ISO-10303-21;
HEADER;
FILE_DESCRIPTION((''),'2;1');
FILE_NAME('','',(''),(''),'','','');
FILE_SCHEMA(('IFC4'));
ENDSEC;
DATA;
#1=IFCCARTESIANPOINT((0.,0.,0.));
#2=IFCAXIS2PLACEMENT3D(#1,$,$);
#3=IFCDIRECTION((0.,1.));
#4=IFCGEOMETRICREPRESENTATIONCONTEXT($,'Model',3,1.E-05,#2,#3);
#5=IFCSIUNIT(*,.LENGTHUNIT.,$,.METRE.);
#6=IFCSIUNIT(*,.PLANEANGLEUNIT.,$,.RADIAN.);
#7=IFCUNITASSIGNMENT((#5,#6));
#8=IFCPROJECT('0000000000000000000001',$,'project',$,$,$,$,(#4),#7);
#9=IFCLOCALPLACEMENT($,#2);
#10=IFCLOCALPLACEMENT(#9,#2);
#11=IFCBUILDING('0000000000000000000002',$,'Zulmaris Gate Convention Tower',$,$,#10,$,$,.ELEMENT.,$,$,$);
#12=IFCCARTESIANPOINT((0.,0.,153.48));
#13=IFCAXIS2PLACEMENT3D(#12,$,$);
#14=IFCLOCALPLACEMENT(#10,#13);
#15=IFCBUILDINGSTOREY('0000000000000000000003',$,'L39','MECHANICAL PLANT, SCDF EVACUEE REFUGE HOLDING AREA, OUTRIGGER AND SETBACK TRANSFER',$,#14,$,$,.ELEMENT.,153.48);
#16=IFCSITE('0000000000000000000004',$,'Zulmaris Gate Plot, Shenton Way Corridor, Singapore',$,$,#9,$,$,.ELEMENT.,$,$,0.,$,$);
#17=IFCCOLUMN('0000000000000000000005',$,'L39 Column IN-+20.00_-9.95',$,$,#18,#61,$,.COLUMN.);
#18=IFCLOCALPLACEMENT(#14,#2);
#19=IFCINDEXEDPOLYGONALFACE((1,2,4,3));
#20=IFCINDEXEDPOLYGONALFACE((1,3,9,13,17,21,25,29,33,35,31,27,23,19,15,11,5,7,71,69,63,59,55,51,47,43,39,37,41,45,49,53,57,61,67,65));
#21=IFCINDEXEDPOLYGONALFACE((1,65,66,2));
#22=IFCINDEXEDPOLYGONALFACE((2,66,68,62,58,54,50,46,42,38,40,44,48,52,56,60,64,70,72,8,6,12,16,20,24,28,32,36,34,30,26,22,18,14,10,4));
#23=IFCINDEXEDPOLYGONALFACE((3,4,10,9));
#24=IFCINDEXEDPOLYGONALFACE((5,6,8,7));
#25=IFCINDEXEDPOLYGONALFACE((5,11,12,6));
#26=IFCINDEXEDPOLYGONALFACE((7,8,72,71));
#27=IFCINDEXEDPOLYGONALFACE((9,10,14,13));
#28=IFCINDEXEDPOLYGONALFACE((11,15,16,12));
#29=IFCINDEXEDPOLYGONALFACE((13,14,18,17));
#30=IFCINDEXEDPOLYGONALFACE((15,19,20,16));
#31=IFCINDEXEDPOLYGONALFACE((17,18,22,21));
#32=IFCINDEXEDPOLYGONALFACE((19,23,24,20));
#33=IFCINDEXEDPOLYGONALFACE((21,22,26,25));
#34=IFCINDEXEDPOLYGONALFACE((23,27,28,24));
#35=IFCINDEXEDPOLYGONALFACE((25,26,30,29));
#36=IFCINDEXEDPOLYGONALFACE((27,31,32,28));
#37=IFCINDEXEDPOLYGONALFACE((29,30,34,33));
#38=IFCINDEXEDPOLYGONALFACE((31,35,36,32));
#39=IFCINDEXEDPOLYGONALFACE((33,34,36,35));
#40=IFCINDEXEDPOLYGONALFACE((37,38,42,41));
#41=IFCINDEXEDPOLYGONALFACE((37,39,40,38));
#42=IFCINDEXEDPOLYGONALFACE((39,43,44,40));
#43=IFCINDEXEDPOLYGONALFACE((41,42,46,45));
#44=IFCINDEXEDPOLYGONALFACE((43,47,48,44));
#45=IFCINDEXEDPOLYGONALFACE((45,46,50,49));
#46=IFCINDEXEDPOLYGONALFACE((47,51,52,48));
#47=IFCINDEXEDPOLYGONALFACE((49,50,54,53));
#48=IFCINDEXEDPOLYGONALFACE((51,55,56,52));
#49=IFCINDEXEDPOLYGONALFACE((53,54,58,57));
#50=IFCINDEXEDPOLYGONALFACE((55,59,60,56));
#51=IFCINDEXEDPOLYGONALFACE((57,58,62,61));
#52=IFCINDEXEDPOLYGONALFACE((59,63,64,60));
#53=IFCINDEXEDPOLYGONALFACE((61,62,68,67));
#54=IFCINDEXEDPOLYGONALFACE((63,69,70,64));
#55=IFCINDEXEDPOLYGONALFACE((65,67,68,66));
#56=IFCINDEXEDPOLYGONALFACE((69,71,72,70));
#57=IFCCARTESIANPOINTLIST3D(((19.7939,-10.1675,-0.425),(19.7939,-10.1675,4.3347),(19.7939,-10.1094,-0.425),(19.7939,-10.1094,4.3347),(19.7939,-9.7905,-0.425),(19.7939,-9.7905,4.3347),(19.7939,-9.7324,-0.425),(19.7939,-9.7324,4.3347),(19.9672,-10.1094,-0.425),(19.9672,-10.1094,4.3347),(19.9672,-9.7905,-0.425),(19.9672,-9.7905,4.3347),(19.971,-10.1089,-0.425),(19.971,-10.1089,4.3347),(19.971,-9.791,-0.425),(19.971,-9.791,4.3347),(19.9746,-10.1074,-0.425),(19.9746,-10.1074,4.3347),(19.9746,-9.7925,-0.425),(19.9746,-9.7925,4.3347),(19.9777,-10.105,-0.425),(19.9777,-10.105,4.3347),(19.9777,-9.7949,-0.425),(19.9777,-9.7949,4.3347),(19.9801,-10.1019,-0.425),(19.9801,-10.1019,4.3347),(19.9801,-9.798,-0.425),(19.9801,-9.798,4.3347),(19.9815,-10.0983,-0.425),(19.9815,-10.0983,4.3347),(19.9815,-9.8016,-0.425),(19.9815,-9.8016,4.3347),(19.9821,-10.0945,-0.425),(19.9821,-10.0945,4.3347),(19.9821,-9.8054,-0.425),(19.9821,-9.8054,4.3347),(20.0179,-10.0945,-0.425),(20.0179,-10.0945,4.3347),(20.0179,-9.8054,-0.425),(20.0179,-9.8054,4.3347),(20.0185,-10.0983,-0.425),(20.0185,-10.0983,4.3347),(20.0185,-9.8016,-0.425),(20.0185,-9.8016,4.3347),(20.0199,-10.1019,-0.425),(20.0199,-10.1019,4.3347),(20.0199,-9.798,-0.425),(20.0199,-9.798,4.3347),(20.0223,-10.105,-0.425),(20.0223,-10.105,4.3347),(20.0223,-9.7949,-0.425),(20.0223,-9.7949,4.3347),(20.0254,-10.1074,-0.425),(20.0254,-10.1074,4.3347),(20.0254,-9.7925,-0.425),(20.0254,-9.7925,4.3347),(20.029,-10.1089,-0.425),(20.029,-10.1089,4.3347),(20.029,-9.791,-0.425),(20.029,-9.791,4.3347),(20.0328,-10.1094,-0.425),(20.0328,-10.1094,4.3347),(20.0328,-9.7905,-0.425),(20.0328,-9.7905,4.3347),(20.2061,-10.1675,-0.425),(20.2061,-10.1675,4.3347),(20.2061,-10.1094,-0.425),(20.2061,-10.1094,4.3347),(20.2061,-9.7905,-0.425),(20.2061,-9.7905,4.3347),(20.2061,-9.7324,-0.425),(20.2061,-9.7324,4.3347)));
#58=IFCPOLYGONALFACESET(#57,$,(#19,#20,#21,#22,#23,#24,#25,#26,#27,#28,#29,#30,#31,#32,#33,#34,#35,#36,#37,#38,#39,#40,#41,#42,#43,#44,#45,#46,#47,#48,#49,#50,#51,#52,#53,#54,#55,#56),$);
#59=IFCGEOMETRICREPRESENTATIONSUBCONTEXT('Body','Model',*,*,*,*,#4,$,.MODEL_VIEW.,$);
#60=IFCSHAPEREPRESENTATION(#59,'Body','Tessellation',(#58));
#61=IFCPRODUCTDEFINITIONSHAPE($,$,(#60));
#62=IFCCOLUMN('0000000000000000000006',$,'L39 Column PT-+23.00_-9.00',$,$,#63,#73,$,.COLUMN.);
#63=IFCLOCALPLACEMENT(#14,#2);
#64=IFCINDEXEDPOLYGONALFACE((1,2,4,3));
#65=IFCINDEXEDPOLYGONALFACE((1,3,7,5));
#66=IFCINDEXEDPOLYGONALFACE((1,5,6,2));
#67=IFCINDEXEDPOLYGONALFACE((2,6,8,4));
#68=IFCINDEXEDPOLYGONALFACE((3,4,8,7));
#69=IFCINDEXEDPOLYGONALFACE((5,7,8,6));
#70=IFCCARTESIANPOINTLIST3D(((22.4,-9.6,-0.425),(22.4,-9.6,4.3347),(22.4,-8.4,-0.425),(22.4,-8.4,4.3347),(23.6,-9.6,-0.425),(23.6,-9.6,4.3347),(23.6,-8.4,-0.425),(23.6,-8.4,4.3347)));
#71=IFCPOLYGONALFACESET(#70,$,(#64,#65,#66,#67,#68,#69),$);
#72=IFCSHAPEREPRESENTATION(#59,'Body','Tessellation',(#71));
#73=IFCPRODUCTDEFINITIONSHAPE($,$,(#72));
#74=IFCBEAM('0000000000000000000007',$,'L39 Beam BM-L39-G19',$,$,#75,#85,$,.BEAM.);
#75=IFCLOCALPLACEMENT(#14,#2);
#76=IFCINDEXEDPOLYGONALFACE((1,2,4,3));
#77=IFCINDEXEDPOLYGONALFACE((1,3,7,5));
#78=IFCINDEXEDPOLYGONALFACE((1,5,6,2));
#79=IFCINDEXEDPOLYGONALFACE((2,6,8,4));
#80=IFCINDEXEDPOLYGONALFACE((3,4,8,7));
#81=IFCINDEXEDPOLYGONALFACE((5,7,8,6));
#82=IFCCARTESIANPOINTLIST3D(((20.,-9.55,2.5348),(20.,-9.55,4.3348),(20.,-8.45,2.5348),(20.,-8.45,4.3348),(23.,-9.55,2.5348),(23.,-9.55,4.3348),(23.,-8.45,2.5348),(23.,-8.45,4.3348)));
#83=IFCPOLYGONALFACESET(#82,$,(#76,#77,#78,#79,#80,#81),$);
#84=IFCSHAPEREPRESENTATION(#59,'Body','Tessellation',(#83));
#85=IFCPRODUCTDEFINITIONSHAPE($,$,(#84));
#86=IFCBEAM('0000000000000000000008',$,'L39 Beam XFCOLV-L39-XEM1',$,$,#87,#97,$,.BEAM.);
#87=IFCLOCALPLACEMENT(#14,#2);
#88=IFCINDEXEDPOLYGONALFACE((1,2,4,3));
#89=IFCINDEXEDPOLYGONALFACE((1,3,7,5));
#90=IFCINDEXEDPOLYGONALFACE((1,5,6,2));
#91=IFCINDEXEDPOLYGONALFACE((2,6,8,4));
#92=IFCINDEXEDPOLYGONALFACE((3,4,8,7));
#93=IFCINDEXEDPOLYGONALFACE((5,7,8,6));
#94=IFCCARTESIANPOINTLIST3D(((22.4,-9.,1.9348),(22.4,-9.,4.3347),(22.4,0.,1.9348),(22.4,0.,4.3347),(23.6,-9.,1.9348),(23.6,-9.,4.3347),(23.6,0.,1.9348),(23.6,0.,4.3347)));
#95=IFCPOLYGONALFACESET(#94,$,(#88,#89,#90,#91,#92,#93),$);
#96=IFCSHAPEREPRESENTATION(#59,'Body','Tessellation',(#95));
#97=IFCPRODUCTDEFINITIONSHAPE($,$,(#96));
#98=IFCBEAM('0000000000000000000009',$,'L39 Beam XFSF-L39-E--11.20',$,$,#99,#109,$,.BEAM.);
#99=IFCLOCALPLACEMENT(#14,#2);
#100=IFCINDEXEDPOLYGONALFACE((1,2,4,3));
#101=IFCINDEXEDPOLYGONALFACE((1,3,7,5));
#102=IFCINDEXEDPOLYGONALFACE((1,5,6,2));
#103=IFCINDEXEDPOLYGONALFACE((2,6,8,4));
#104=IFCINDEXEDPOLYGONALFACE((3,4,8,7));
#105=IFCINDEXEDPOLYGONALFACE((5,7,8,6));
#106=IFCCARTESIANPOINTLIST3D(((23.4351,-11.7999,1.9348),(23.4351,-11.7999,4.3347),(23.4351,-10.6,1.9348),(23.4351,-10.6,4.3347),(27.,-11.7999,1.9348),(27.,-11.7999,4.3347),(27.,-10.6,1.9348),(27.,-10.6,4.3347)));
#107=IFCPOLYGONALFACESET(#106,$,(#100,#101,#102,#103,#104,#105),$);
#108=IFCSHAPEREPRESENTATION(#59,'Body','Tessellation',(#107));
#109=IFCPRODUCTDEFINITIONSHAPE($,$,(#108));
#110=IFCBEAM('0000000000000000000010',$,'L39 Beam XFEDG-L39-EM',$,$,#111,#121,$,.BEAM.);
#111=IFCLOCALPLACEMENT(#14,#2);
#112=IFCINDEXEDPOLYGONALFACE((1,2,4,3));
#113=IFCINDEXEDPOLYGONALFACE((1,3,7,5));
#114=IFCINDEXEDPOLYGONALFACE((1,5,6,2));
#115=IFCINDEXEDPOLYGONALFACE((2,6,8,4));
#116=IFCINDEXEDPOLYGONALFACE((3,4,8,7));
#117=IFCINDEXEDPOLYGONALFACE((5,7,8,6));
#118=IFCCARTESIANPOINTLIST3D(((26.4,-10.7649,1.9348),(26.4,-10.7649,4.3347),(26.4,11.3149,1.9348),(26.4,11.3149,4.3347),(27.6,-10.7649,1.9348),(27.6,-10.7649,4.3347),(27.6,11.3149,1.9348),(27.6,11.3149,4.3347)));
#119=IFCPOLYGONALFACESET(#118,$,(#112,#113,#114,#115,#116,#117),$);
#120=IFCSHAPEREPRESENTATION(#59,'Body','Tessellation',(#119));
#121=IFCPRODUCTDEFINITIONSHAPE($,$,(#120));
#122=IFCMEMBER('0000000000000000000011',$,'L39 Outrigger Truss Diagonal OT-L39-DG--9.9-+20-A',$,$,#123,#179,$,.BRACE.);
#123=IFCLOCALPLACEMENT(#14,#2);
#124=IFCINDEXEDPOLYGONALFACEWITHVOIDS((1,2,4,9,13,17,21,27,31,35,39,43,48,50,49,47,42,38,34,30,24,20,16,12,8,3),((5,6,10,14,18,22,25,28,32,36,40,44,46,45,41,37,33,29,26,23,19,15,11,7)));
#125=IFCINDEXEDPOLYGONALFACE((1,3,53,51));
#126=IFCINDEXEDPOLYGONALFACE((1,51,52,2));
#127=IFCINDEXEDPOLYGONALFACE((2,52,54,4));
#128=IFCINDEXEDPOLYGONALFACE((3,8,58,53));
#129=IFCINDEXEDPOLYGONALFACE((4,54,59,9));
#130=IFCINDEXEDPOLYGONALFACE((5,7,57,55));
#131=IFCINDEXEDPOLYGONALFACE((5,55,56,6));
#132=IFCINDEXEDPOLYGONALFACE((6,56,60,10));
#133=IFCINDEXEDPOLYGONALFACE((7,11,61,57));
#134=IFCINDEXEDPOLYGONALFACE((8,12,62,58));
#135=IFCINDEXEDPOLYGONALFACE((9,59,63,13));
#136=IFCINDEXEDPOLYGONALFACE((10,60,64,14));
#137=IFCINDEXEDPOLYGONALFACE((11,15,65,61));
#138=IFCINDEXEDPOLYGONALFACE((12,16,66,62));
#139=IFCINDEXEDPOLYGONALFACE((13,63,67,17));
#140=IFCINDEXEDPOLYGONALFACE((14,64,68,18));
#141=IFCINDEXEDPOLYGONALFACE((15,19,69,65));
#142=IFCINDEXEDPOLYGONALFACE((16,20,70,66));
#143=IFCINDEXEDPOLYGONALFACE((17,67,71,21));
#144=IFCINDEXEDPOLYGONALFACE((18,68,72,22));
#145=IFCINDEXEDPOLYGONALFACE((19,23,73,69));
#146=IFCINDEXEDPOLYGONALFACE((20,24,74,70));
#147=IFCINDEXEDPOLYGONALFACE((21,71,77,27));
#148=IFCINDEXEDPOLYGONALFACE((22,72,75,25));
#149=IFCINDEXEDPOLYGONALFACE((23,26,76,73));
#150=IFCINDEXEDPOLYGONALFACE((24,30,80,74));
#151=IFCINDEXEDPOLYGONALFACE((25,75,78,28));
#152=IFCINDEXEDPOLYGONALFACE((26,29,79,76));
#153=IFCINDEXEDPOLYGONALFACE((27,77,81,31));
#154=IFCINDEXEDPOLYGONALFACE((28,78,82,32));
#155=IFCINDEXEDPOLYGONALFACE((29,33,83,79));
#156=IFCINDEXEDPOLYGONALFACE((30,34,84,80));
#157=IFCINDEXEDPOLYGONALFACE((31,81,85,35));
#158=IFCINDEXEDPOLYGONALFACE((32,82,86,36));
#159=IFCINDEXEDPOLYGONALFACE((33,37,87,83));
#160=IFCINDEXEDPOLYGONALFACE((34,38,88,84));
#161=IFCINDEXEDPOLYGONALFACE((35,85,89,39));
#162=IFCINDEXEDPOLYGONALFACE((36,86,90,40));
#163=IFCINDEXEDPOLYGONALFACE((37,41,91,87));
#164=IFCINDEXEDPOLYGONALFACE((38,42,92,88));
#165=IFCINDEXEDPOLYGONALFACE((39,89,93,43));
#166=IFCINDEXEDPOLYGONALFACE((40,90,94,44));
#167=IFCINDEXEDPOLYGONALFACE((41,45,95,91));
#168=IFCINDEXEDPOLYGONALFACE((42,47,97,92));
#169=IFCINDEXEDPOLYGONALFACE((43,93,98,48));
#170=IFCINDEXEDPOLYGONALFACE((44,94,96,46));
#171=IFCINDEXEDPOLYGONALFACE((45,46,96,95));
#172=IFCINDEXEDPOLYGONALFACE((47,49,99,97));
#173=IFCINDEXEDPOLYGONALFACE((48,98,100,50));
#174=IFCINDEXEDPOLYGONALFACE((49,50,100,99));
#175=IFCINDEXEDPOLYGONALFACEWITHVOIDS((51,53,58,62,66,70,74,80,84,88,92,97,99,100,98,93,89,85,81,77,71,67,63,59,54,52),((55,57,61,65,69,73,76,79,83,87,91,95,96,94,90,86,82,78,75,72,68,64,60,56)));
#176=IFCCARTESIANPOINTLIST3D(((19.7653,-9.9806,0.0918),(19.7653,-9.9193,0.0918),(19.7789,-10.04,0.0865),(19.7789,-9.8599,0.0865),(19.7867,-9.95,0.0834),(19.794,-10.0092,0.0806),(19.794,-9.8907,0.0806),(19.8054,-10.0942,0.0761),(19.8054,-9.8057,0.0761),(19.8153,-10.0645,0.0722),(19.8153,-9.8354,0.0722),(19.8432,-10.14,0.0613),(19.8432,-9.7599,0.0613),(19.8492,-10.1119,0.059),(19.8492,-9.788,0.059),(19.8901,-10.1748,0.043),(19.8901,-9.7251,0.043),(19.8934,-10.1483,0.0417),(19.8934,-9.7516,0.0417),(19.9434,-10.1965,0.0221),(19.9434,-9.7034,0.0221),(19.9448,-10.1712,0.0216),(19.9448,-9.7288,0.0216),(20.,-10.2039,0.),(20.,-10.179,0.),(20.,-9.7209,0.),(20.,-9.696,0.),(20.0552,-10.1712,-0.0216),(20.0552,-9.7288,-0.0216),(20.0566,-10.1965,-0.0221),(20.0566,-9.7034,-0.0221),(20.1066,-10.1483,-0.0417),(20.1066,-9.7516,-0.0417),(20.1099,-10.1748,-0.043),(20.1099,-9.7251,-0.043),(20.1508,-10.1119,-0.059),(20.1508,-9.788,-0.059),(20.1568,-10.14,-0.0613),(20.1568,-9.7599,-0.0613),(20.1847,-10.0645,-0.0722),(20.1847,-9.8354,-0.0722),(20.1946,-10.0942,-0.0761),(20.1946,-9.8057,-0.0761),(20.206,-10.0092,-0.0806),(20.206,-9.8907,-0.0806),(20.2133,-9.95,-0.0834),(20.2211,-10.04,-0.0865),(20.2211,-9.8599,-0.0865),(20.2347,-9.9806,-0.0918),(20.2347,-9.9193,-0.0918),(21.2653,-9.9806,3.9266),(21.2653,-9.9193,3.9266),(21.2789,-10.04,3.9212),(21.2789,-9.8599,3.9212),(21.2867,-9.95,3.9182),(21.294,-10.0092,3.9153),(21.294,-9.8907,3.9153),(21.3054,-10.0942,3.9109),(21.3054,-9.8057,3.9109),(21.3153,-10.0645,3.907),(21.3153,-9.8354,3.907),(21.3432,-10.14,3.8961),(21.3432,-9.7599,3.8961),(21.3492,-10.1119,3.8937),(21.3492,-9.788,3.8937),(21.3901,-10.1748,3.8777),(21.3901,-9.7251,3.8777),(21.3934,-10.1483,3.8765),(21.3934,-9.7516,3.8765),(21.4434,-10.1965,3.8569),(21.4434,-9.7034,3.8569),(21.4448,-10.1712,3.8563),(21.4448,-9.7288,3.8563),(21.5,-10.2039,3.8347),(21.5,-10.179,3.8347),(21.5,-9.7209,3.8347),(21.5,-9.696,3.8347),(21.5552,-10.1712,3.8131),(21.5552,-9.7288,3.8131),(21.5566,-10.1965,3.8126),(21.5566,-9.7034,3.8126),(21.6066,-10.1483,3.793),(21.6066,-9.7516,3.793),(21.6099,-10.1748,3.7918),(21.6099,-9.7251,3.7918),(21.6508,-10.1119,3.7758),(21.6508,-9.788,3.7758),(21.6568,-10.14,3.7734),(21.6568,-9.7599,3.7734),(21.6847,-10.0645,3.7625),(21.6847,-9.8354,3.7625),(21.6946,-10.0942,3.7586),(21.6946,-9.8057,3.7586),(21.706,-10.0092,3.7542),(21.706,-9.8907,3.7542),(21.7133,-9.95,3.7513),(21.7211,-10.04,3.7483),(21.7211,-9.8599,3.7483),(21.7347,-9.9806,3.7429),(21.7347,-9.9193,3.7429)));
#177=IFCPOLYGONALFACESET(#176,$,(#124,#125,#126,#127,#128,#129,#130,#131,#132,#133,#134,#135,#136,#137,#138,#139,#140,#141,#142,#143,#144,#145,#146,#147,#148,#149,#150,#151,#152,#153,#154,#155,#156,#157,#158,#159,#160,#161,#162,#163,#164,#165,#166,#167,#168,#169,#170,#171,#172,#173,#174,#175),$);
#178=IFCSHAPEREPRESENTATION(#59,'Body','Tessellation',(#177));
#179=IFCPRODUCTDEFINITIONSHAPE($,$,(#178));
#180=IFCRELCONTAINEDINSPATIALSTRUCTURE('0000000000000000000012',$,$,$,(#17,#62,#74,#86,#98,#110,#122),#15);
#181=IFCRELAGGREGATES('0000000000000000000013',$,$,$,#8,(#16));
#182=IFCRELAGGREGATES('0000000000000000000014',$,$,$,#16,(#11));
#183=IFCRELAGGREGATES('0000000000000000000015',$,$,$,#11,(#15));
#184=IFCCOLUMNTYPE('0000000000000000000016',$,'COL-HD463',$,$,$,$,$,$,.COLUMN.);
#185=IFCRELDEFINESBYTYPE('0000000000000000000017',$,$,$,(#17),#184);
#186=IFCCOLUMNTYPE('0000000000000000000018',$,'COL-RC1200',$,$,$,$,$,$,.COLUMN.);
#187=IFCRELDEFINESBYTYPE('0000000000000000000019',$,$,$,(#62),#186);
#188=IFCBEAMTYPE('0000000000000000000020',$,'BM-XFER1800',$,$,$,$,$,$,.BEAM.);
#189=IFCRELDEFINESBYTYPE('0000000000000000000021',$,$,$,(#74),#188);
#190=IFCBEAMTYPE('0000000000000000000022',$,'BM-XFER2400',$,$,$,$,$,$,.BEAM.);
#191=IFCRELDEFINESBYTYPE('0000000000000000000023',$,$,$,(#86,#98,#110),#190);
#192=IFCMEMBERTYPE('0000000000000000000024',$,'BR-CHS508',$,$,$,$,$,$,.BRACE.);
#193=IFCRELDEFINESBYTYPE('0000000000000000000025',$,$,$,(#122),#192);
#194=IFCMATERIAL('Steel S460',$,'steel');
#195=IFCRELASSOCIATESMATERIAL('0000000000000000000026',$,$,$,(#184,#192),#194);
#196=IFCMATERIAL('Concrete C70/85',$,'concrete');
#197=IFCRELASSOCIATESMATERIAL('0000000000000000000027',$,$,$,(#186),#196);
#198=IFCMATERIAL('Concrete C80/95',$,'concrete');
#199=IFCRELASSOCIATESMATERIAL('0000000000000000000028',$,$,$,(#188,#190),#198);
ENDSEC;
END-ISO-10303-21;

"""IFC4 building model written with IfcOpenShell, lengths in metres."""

from ifc_helpers import new_model, si_unit, direction, frame, origin, origin_2d, place, context, subcontext, project, spatial, rectangle, hollow_circle, i_section, extrude, material, material_profile, profile_set, type_object, element, save


model = new_model("IFC4")

# Units and contexts
model_context = context("Model", 3, precision=1e-05, world=origin(), true_north=direction((0.0, 1.0)))
body_context = subcontext(model_context, "Body", "Model", "MODEL_VIEW")
ifc_project = project(units=[si_unit("LENGTHUNIT", "METRE"), si_unit("PLANEANGLEUNIT", "RADIAN")], contexts=[model_context])

# Site, building, storey
site_placement = place(None, origin())
site = spatial("IfcSite", under=ifc_project, at=site_placement, Name="Zulmaris Gate Plot, Shenton Way Corridor, Singapore", CompositionType="ELEMENT", RefElevation=0.0)
building_placement = place(site_placement, origin())
building = spatial("IfcBuilding", under=site, at=building_placement, Name="Zulmaris Gate Convention Tower", CompositionType="ELEMENT")
storey_placement = place(building_placement, frame((0.0, 0.0, 153.48)))
storey = spatial("IfcBuildingStorey", under=building, at=storey_placement, Name="L39", Description="MECHANICAL PLANT, SCDF EVACUEE REFUGE HOLDING AREA, OUTRIGGER AND SETBACK TRANSFER", CompositionType="ELEMENT", Elevation=153.48)

# Columns
ifc_material_1 = material(Name="Steel S460", Category="steel")
ifc_material_profile_1 = material_profile(ifc_material_1, i_section(OverallWidth=0.4121, OverallDepth=0.4351, WebThickness=0.0359, FlangeThickness=0.0581, FilletRadius=0.0149, at=origin_2d()), Name="HD 400x463")
ifc_profile_set_1 = profile_set([ifc_material_profile_1], Name="Steel S460")
column_type_1 = type_object("IfcColumnType", Name="COL-HD463", PredefinedType="COLUMN", material=ifc_profile_set_1)
column_1_placement = place(storey_placement, frame((20.0, -9.95, -0.425), z_axis=(0.0, 0.0, 1.0), x_axis=(1.0, 0.0, 0.0)))
element("IfcColumn", 1, at=column_1_placement, inside=storey, type_object=column_type_1, Name="L39 Column IN-+20.00_-9.95", PredefinedType="COLUMN", context=body_context, shape_type="SweptSolid", body=[
    extrude(i_section(OverallWidth=0.4121, OverallDepth=0.4351, WebThickness=0.0359, FlangeThickness=0.0581, FilletRadius=0.0149, at=origin_2d()), origin(), (0.0, 0.0, 1.0), 4.7598),
])
ifc_material_2 = material(Name="Concrete C70/85", Category="concrete")
ifc_material_profile_2 = material_profile(ifc_material_2, rectangle(XDim=1.2, YDim=1.2, at=origin_2d()), Name="RC COL 1200x1200")
ifc_profile_set_2 = profile_set([ifc_material_profile_2], Name="Concrete C70/85")
column_type_2 = type_object("IfcColumnType", Name="COL-RC1200", PredefinedType="COLUMN", material=ifc_profile_set_2)
column_2_placement = place(storey_placement, frame((23.0, -9.0, -0.425), z_axis=(0.0, 0.0, 1.0), x_axis=(1.0, 0.0, 0.0)))
element("IfcColumn", 2, at=column_2_placement, inside=storey, type_object=column_type_2, Name="L39 Column PT-+23.00_-9.00", PredefinedType="COLUMN", context=body_context, shape_type="SweptSolid", body=[
    extrude(rectangle(XDim=1.2, YDim=1.2, at=origin_2d()), origin(), (0.0, 0.0, 1.0), 4.7598),
])

# Beams
ifc_material_3 = material(Name="Concrete C80/95", Category="concrete")
ifc_material_profile_3 = material_profile(ifc_material_3, rectangle(XDim=1.1001, YDim=1.8, at=origin_2d()), Name="RC TRANSFER 1100x1800")
ifc_profile_set_3 = profile_set([ifc_material_profile_3], Name="Concrete C80/95")
beam_type_1 = type_object("IfcBeamType", Name="BM-XFER1800", PredefinedType="BEAM", material=ifc_profile_set_3)
beam_1_placement = place(storey_placement, frame((20.0, -9.0, 3.4348), z_axis=(1.0, 0.0, 0.0), x_axis=(0.0, 1.0, 0.0)))
element("IfcBeam", 3, at=beam_1_placement, inside=storey, type_object=beam_type_1, Name="L39 Beam BM-L39-G19", PredefinedType="BEAM", context=body_context, shape_type="SweptSolid", body=[
    extrude(rectangle(XDim=1.1001, YDim=1.8, at=origin_2d()), origin(), (0.0, 0.0, 1.0), 3.0),
])
ifc_material_profile_4 = material_profile(ifc_material_3, rectangle(XDim=1.2, YDim=2.3999, at=origin_2d()), Name="RC TRANSFER 1200x2400")
ifc_profile_set_4 = profile_set([ifc_material_profile_4], Name="Concrete C80/95")
beam_type_2 = type_object("IfcBeamType", Name="BM-XFER2400", PredefinedType="BEAM", material=ifc_profile_set_4)
beam_2_placement = place(storey_placement, frame((23.0, -9.0, 3.1348), z_axis=(0.0, 1.0, 0.0), x_axis=(-1.0, 0.0, 0.0)))
element("IfcBeam", 4, at=beam_2_placement, inside=storey, type_object=beam_type_2, Name="L39 Beam XFCOLV-L39-XEM1", PredefinedType="BEAM", context=body_context, shape_type="SweptSolid", body=[
    extrude(rectangle(XDim=1.2, YDim=2.3999, at=origin_2d()), origin(), (0.0, 0.0, 1.0), 9.0),
])
beam_3_placement = place(storey_placement, frame((23.4351, -11.2, 3.1348), z_axis=(1.0, 0.0, 0.0), x_axis=(0.0, 1.0, 0.0)))
element("IfcBeam", 5, at=beam_3_placement, inside=storey, type_object=beam_type_2, Name="L39 Beam XFSF-L39-E--11.20", PredefinedType="BEAM", context=body_context, shape_type="SweptSolid", body=[
    extrude(rectangle(XDim=1.2, YDim=2.3999, at=origin_2d()), origin(), (0.0, 0.0, 1.0), 3.5649),
])
beam_4_placement = place(storey_placement, frame((27.0, -10.7649, 3.1348), z_axis=(0.0, 1.0, 0.0), x_axis=(-1.0, 0.0, 0.0)))
element("IfcBeam", 6, at=beam_4_placement, inside=storey, type_object=beam_type_2, Name="L39 Beam XFEDG-L39-EM", PredefinedType="BEAM", context=body_context, shape_type="SweptSolid", body=[
    extrude(rectangle(XDim=1.2, YDim=2.3999, at=origin_2d()), origin(), (0.0, 0.0, 1.0), 22.0798),
])

# Member
ifc_material_profile_5 = material_profile(ifc_material_1, hollow_circle(Radius=0.2539, WallThickness=0.0249, at=origin_2d()), Name="CHS 508x25")
ifc_profile_set_5 = profile_set([ifc_material_profile_5], Name="Steel S460")
member_type_1 = type_object("IfcMemberType", Name="BR-CHS508", PredefinedType="BRACE", material=ifc_profile_set_5)
for number, where, z_axis, x_axis, name in (
    (7, (20.0, -9.95, 0.0), (0.364285, 0.0, 0.931287), (0.0, 1.0, 0.0), "L39 Outrigger Truss Diagonal OT-L39-DG--9.9-+20-A"),
):
    element("IfcMember", number, at=place(storey_placement, frame(where, z_axis=z_axis, x_axis=x_axis)), inside=storey, type_object=member_type_1, Name=name, PredefinedType="BRACE", context=body_context, shape_type="SweptSolid", body=[
        extrude(hollow_circle(Radius=0.2539, WallThickness=0.0249, at=origin_2d()), origin(), (0.0, 0.0, 1.0), 4.1177),
    ])

save(model, "model.ifc")
